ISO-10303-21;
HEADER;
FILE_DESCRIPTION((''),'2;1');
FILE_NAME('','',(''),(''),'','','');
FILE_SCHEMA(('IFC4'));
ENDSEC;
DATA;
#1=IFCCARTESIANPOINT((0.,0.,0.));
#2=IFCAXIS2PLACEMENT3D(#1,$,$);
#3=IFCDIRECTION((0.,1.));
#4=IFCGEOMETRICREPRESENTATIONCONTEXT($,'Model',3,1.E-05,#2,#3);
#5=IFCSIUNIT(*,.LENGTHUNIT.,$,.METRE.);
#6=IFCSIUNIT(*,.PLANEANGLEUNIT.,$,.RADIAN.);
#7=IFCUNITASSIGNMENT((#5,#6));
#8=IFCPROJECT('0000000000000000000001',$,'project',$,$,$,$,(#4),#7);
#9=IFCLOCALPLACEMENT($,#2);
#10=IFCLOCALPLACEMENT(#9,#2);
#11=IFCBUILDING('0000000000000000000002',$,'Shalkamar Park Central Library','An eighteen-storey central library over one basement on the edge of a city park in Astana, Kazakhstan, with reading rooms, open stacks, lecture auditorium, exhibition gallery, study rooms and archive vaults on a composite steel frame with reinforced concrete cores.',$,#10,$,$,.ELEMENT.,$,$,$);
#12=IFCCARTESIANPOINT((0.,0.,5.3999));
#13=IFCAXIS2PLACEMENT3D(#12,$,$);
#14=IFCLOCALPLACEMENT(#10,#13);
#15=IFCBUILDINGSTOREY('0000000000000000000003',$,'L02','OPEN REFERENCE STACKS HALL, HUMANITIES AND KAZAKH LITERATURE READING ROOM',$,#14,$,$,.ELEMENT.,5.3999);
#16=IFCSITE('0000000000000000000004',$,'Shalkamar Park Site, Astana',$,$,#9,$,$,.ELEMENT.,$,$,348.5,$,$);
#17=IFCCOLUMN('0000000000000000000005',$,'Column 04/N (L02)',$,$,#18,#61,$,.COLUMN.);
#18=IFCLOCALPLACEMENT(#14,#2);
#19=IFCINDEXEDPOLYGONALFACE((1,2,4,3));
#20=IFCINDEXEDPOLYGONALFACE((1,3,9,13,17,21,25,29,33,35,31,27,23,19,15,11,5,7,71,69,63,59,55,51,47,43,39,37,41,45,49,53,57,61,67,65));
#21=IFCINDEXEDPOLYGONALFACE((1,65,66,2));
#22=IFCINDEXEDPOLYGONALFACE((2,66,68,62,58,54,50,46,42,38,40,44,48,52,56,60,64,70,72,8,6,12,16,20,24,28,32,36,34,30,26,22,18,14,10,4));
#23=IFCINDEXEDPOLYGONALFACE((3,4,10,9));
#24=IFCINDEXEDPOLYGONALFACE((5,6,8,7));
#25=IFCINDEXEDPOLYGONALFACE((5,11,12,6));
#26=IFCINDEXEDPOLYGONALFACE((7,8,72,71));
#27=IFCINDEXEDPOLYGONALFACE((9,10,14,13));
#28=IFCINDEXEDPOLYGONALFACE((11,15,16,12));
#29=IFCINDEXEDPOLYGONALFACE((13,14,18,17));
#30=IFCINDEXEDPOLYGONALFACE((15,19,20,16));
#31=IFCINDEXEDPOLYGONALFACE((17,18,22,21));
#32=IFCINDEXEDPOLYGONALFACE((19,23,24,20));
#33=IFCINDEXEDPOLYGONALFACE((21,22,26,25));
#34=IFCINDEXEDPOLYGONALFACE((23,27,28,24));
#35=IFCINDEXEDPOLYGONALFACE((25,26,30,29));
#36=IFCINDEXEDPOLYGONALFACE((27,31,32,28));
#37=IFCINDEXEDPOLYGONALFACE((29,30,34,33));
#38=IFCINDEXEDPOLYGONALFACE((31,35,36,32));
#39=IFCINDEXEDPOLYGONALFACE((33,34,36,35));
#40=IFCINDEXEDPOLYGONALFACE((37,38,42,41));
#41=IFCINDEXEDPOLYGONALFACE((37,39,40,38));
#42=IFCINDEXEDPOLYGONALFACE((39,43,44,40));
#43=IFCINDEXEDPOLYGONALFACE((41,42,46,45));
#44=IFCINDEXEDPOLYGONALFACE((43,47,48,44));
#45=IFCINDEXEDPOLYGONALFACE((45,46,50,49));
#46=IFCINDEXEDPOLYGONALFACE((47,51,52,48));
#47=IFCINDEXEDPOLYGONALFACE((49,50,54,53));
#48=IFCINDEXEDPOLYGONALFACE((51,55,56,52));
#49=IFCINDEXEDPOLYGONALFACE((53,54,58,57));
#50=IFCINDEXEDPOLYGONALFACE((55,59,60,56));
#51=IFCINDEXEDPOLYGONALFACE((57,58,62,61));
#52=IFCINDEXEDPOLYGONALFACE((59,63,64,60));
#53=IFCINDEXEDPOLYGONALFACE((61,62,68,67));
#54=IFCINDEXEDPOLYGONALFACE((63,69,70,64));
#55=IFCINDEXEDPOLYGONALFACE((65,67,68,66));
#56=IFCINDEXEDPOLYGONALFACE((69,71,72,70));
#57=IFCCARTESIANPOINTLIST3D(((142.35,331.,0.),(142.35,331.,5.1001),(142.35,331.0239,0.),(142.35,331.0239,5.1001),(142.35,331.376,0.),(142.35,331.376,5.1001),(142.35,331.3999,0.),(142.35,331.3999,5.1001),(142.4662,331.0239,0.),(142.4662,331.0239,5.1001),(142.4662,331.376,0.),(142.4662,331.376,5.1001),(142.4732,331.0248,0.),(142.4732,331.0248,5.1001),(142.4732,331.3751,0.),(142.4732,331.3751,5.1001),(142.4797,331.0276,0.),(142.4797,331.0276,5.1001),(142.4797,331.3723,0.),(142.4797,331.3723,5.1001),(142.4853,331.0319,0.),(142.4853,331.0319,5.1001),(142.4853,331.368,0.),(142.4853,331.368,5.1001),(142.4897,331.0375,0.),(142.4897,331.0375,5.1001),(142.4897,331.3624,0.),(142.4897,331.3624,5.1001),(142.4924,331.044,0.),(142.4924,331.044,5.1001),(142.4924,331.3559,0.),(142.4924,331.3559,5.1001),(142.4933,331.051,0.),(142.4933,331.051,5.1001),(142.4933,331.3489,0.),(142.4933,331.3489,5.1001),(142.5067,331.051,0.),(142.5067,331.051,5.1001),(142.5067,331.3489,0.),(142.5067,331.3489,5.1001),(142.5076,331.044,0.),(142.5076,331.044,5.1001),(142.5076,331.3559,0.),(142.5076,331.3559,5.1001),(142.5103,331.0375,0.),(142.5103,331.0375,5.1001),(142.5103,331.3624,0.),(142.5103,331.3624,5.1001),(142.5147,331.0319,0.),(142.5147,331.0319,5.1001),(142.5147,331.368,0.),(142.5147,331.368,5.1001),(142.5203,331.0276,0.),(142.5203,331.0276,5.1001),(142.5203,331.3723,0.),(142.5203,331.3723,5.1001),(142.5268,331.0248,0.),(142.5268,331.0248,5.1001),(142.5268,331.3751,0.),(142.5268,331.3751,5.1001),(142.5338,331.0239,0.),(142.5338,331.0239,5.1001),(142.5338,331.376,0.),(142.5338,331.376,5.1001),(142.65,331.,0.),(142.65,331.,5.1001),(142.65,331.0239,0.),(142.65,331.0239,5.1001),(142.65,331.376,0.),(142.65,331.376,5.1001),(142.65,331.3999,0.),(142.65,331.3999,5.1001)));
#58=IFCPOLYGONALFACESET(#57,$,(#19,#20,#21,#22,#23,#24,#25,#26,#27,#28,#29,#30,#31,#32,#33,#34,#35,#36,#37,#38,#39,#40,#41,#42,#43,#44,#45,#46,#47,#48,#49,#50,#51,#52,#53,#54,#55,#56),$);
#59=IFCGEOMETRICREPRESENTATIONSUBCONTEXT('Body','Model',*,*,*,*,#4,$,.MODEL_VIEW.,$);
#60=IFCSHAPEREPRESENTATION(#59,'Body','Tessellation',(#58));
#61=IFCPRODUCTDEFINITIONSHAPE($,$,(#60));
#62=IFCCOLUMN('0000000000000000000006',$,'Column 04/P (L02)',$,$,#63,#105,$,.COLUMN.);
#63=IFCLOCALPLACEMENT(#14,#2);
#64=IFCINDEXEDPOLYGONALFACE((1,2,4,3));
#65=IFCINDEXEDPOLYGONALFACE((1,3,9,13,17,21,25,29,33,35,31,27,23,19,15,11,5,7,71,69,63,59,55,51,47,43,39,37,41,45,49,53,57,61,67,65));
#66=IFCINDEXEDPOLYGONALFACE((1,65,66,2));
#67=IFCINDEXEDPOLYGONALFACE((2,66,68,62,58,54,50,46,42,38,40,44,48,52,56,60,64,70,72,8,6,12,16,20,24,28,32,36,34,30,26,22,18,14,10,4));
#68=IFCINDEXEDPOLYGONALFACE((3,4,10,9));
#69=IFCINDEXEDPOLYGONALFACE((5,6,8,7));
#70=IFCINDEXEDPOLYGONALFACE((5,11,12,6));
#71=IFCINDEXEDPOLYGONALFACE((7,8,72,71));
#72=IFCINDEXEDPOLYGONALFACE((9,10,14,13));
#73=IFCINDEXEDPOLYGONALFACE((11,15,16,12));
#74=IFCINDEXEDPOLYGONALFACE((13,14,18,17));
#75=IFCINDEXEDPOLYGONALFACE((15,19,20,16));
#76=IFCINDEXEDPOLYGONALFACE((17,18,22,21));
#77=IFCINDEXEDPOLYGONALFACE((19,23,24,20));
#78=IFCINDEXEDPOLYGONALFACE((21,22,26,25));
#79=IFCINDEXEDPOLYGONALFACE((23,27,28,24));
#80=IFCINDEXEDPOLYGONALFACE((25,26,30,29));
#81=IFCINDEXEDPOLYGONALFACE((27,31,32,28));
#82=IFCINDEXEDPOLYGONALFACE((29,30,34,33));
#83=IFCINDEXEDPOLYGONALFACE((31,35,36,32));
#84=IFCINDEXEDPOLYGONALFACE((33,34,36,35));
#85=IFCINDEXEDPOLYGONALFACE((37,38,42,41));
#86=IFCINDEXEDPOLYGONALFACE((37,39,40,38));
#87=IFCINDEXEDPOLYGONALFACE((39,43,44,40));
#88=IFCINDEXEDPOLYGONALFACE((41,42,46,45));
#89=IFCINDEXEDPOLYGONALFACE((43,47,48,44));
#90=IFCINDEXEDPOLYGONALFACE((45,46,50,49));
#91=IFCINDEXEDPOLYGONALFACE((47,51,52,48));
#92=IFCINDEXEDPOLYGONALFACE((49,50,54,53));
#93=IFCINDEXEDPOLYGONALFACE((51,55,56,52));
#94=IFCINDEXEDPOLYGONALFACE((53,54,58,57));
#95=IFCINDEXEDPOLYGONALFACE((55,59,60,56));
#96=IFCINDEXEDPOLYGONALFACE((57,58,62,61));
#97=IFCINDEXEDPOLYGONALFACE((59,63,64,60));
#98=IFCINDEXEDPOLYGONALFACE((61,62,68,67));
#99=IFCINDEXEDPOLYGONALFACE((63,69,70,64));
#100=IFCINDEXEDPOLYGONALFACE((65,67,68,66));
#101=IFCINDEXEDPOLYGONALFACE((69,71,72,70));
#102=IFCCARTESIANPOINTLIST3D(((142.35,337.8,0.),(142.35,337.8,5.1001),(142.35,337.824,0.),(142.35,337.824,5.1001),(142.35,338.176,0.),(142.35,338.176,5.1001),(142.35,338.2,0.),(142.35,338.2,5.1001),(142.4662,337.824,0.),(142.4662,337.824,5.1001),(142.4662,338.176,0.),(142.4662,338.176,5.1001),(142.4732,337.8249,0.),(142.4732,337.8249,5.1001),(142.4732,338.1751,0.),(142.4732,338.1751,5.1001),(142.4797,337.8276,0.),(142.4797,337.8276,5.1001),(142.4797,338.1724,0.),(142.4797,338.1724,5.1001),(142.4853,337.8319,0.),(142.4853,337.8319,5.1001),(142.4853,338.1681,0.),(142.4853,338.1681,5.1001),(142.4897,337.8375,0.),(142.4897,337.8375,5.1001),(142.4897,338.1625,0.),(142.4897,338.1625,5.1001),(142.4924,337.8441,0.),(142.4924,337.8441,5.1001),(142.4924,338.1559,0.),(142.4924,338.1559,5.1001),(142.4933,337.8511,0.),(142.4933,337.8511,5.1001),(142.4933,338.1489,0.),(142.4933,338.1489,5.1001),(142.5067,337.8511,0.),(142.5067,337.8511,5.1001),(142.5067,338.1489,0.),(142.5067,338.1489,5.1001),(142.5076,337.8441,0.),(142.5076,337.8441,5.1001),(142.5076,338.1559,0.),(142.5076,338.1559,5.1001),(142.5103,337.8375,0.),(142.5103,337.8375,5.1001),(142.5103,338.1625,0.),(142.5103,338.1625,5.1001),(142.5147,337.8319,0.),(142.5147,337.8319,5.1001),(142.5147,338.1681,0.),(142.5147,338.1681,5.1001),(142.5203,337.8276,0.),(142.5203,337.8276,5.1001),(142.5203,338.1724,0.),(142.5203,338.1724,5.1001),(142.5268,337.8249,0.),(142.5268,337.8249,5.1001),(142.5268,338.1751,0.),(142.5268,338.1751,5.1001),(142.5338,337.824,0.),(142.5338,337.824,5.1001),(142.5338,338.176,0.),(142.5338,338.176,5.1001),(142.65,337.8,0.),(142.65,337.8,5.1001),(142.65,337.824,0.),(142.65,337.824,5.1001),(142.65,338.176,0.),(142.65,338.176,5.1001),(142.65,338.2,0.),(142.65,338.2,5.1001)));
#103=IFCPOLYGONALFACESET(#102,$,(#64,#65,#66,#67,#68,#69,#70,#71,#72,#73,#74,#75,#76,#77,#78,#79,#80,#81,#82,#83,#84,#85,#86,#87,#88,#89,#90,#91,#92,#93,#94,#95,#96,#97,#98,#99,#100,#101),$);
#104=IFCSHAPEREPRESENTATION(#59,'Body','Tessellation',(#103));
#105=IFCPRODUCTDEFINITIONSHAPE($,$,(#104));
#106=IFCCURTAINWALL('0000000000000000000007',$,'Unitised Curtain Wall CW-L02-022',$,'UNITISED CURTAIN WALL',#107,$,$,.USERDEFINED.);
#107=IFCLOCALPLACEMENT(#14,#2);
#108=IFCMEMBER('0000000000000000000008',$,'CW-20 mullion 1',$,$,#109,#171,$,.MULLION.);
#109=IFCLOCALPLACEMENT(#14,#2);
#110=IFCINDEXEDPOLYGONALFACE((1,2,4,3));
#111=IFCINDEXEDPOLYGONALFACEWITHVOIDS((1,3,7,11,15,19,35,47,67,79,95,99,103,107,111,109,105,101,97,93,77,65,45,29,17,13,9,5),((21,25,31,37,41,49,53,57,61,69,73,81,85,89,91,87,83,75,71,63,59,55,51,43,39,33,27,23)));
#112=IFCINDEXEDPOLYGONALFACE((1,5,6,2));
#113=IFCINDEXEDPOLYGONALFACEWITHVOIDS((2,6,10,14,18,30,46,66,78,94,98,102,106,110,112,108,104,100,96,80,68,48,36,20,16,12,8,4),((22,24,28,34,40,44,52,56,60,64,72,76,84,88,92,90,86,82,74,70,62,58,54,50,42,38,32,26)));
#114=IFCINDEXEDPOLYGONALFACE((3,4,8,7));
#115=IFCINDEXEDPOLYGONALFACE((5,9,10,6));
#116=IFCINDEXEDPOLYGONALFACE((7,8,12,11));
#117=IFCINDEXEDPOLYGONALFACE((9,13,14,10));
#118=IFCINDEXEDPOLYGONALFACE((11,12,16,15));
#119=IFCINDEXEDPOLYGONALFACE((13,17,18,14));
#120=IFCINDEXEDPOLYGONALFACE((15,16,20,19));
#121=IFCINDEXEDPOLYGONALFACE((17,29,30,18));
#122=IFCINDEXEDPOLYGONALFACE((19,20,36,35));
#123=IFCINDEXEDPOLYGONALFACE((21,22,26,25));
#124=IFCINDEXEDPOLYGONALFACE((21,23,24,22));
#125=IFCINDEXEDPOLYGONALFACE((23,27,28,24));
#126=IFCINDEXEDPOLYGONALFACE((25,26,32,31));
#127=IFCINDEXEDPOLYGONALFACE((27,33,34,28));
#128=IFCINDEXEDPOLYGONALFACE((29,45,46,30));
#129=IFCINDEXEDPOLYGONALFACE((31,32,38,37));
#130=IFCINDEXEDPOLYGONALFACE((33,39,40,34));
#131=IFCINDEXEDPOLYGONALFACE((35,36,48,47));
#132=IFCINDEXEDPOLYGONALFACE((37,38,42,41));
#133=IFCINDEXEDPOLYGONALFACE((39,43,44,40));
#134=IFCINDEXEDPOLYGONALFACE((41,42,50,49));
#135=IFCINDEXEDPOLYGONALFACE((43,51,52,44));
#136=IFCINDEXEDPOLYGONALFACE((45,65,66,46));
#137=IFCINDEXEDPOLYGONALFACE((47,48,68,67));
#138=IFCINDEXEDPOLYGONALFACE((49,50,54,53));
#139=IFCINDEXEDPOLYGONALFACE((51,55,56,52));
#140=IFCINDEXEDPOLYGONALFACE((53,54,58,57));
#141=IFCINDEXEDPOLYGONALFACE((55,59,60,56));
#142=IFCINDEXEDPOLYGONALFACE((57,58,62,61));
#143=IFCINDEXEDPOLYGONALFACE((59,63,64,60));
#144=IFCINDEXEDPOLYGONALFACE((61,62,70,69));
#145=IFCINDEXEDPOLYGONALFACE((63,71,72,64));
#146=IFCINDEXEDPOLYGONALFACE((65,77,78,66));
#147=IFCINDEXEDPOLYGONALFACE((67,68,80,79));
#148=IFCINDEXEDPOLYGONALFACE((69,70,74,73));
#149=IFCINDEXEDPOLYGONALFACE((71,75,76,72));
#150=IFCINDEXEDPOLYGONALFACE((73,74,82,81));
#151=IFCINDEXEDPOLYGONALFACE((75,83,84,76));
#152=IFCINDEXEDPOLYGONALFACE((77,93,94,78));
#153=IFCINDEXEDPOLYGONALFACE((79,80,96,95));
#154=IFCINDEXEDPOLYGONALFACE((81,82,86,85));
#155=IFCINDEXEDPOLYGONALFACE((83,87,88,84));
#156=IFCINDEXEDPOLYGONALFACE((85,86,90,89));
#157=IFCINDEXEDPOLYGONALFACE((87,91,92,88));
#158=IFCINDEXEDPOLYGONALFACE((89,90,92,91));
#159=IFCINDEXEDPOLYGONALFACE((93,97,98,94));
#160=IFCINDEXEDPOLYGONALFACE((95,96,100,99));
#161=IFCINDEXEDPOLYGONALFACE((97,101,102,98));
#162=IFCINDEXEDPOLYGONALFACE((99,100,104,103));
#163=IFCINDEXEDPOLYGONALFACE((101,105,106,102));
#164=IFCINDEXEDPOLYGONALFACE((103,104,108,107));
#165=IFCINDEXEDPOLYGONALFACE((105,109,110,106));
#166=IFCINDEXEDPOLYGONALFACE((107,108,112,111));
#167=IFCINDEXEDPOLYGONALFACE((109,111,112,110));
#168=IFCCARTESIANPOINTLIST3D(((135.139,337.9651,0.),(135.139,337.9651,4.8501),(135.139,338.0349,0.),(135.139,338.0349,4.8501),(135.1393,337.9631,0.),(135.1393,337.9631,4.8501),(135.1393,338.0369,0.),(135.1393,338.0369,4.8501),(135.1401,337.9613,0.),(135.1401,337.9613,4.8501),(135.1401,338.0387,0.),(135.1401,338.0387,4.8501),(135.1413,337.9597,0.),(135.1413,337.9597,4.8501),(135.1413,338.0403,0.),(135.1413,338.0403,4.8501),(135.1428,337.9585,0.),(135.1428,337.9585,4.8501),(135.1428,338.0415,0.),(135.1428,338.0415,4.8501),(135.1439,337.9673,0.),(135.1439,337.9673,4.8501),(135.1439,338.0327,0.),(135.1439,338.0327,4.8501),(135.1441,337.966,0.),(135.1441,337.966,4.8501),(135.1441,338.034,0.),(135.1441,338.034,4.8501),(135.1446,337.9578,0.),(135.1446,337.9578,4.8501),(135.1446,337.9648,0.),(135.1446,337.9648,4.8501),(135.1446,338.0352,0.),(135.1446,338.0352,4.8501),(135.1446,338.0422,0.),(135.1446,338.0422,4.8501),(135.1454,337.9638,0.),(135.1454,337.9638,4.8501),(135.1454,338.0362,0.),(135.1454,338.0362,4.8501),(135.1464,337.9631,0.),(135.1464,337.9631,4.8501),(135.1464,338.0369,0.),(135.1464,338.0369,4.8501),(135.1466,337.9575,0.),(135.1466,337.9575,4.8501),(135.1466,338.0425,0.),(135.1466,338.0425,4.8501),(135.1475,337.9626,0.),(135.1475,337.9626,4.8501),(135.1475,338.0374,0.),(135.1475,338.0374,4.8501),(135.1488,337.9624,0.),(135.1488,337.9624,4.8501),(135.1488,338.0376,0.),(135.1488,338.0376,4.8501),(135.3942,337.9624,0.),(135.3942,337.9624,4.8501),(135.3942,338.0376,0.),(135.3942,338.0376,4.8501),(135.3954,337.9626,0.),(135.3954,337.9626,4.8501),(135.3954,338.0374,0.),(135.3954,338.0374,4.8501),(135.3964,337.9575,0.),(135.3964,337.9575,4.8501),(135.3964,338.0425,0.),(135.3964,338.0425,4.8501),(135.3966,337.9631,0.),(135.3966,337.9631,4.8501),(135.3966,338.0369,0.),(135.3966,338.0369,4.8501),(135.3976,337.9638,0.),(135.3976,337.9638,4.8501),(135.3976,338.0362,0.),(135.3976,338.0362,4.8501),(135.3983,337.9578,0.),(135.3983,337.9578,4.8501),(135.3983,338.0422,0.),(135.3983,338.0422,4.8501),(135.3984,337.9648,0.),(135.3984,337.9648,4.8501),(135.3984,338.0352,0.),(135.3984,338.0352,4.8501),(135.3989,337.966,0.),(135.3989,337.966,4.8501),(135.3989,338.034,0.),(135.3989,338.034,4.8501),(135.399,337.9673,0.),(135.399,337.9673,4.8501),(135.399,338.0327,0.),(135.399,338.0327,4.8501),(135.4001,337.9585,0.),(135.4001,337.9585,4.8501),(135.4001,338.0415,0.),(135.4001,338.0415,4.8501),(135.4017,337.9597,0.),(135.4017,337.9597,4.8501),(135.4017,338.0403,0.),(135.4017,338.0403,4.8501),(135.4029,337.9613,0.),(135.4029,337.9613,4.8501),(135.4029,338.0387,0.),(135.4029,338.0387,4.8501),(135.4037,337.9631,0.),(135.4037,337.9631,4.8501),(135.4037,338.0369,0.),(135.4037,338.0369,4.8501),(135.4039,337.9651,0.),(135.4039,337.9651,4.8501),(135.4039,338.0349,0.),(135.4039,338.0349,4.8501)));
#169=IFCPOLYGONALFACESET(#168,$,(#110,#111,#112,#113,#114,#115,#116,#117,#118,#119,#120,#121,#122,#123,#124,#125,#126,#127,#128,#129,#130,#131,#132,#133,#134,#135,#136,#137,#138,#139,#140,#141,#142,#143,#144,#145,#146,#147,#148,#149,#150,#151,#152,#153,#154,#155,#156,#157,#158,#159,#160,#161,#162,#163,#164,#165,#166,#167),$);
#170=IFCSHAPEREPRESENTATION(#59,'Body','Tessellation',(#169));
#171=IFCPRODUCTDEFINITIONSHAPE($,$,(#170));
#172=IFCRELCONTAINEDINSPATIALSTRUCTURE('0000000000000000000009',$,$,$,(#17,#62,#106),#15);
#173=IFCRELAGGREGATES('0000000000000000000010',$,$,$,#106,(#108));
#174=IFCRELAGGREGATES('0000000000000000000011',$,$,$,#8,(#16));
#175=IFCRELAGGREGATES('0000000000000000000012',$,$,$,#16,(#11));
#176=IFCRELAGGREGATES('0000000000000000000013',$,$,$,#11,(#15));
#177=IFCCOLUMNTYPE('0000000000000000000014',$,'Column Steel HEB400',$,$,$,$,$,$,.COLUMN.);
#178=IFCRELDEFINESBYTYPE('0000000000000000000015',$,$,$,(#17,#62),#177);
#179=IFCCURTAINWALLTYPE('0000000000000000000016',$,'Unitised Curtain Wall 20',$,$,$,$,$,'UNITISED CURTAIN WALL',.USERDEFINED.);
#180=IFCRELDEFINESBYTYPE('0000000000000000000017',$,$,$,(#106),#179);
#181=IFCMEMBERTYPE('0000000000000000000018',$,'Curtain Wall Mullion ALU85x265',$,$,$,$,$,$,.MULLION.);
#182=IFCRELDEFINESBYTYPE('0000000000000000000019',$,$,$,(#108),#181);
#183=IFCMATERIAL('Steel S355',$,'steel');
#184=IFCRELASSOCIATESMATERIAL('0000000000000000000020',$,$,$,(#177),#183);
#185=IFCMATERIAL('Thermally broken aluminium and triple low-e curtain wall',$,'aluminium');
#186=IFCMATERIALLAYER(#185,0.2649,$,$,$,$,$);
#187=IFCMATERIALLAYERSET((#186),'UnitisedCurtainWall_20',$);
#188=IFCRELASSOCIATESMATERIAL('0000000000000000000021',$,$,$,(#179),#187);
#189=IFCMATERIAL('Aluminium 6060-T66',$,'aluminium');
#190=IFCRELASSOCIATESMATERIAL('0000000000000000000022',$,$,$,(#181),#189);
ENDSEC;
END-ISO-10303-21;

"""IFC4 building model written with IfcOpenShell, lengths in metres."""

from ifc_helpers import new_model, si_unit, direction, frame, origin, origin_2d, place, context, subcontext, project, spatial, hollow_rectangle, i_section, extrude, material, layer, layer_set, material_profile, profile_set, type_object, element, aggregate, save


model = new_model("IFC4")

# Units and contexts
model_context = context("Model", 3, precision=1e-05, world=origin(), true_north=direction((0.0, 1.0)))
body_context = subcontext(model_context, "Body", "Model", "MODEL_VIEW")
ifc_project = project(units=[si_unit("LENGTHUNIT", "METRE"), si_unit("PLANEANGLEUNIT", "RADIAN")], contexts=[model_context])

# Site, building, storey
site_placement = place(None, origin())
site = spatial("IfcSite", under=ifc_project, at=site_placement, Name="Shalkamar Park Site, Astana", CompositionType="ELEMENT", RefElevation=348.5)
building_placement = place(site_placement, origin())
building = spatial("IfcBuilding", under=site, at=building_placement, Name="Shalkamar Park Central Library", Description="An eighteen-storey central library over one basement on the edge of a city park in Astana, Kazakhstan, with reading rooms, open stacks, lecture auditorium, exhibition gallery, study rooms and archive vaults on a composite steel frame with reinforced concrete cores.", CompositionType="ELEMENT")
storey_placement = place(building_placement, frame((0.0, 0.0, 5.3999)))
storey = spatial("IfcBuildingStorey", under=building, at=storey_placement, Name="L02", Description="OPEN REFERENCE STACKS HALL, HUMANITIES AND KAZAKH LITERATURE READING ROOM", CompositionType="ELEMENT", Elevation=5.3999)

# Columns
ifc_material_1 = material(Name="Steel S355", Category="steel")
ifc_material_profile_1 = material_profile(ifc_material_1, i_section(OverallWidth=0.3, OverallDepth=0.3999, WebThickness=0.0134, FlangeThickness=0.0239, FilletRadius=0.0271, at=origin_2d()), Name="HEB 400")
ifc_profile_set_1 = profile_set([ifc_material_profile_1], Name="Steel S355")
column_type = type_object("IfcColumnType", Name="Column Steel HEB400", PredefinedType="COLUMN", material=ifc_profile_set_1)
for number, where, z_axis, x_axis, name in (
    (1, (142.5, 331.2, 0.0), (0.0, 0.0, 1.0), (1.0, 0.0, 0.0), "Column 04/N (L02)"),
    (2, (142.5, 338.0, 0.0), (0.0, 0.0, 1.0), (1.0, 0.0, 0.0), "Column 04/P (L02)"),
):
    element("IfcColumn", number, at=place(storey_placement, frame(where, z_axis=z_axis, x_axis=x_axis)), inside=storey, type_object=column_type, Name=name, PredefinedType="COLUMN", context=body_context, shape_type="SweptSolid", body=[
        extrude(i_section(OverallWidth=0.3, OverallDepth=0.3999, WebThickness=0.0134, FlangeThickness=0.0239, FilletRadius=0.0271, at=origin_2d()), origin(), (0.0, 0.0, 1.0), 5.1001),
    ])

# Curtain wall, member
ifc_material_2 = material(Name="Thermally broken aluminium and triple low-e curtain wall", Category="aluminium")
ifc_layer_1 = layer(ifc_material_2, 0.2649)
ifc_layer_set_1 = layer_set([ifc_layer_1], Name="UnitisedCurtainWall_20")
curtain_wall_type_1 = type_object("IfcCurtainWallType", Name="Unitised Curtain Wall 20", ElementType="UNITISED CURTAIN WALL", PredefinedType="USERDEFINED", material=ifc_layer_set_1)
curtain_wall_1_placement = place(storey_placement, origin())
curtain_wall_1 = element("IfcCurtainWall", 3, at=curtain_wall_1_placement, inside=storey, type_object=curtain_wall_type_1, Name="Unitised Curtain Wall CW-L02-022", ObjectType="UNITISED CURTAIN WALL", PredefinedType="USERDEFINED")
ifc_material_3 = material(Name="Aluminium 6060-T66", Category="aluminium")
ifc_material_profile_2 = material_profile(ifc_material_3, hollow_rectangle(XDim=0.085, YDim=0.2649, WallThickness=0.0049, InnerFilletRadius=0.0049, OuterFilletRadius=0.0076, at=origin_2d()), Name="ALU 85x265x5")
ifc_profile_set_2 = profile_set([ifc_material_profile_2], Name="Aluminium 6060-T66")
member_type_1 = type_object("IfcMemberType", Name="Curtain Wall Mullion ALU85x265", PredefinedType="MULLION", material=ifc_profile_set_2)
member_1_placement = place(storey_placement, frame((135.2715, 338.0, 0.0), z_axis=(0.0, 0.0, 1.0), x_axis=(0.0, 1.0, 0.0)))
member_1 = element("IfcMember", 4, at=member_1_placement, type_object=member_type_1, Name="CW-20 mullion 1", PredefinedType="MULLION", context=body_context, shape_type="SweptSolid", body=[
    extrude(hollow_rectangle(XDim=0.085, YDim=0.2649, WallThickness=0.0049, InnerFilletRadius=0.0049, OuterFilletRadius=0.0076, at=origin_2d()), origin(), (0.0, 0.0, 1.0), 4.8501),
])

aggregate(curtain_wall_1, [member_1])

save(model, "model.ifc")
